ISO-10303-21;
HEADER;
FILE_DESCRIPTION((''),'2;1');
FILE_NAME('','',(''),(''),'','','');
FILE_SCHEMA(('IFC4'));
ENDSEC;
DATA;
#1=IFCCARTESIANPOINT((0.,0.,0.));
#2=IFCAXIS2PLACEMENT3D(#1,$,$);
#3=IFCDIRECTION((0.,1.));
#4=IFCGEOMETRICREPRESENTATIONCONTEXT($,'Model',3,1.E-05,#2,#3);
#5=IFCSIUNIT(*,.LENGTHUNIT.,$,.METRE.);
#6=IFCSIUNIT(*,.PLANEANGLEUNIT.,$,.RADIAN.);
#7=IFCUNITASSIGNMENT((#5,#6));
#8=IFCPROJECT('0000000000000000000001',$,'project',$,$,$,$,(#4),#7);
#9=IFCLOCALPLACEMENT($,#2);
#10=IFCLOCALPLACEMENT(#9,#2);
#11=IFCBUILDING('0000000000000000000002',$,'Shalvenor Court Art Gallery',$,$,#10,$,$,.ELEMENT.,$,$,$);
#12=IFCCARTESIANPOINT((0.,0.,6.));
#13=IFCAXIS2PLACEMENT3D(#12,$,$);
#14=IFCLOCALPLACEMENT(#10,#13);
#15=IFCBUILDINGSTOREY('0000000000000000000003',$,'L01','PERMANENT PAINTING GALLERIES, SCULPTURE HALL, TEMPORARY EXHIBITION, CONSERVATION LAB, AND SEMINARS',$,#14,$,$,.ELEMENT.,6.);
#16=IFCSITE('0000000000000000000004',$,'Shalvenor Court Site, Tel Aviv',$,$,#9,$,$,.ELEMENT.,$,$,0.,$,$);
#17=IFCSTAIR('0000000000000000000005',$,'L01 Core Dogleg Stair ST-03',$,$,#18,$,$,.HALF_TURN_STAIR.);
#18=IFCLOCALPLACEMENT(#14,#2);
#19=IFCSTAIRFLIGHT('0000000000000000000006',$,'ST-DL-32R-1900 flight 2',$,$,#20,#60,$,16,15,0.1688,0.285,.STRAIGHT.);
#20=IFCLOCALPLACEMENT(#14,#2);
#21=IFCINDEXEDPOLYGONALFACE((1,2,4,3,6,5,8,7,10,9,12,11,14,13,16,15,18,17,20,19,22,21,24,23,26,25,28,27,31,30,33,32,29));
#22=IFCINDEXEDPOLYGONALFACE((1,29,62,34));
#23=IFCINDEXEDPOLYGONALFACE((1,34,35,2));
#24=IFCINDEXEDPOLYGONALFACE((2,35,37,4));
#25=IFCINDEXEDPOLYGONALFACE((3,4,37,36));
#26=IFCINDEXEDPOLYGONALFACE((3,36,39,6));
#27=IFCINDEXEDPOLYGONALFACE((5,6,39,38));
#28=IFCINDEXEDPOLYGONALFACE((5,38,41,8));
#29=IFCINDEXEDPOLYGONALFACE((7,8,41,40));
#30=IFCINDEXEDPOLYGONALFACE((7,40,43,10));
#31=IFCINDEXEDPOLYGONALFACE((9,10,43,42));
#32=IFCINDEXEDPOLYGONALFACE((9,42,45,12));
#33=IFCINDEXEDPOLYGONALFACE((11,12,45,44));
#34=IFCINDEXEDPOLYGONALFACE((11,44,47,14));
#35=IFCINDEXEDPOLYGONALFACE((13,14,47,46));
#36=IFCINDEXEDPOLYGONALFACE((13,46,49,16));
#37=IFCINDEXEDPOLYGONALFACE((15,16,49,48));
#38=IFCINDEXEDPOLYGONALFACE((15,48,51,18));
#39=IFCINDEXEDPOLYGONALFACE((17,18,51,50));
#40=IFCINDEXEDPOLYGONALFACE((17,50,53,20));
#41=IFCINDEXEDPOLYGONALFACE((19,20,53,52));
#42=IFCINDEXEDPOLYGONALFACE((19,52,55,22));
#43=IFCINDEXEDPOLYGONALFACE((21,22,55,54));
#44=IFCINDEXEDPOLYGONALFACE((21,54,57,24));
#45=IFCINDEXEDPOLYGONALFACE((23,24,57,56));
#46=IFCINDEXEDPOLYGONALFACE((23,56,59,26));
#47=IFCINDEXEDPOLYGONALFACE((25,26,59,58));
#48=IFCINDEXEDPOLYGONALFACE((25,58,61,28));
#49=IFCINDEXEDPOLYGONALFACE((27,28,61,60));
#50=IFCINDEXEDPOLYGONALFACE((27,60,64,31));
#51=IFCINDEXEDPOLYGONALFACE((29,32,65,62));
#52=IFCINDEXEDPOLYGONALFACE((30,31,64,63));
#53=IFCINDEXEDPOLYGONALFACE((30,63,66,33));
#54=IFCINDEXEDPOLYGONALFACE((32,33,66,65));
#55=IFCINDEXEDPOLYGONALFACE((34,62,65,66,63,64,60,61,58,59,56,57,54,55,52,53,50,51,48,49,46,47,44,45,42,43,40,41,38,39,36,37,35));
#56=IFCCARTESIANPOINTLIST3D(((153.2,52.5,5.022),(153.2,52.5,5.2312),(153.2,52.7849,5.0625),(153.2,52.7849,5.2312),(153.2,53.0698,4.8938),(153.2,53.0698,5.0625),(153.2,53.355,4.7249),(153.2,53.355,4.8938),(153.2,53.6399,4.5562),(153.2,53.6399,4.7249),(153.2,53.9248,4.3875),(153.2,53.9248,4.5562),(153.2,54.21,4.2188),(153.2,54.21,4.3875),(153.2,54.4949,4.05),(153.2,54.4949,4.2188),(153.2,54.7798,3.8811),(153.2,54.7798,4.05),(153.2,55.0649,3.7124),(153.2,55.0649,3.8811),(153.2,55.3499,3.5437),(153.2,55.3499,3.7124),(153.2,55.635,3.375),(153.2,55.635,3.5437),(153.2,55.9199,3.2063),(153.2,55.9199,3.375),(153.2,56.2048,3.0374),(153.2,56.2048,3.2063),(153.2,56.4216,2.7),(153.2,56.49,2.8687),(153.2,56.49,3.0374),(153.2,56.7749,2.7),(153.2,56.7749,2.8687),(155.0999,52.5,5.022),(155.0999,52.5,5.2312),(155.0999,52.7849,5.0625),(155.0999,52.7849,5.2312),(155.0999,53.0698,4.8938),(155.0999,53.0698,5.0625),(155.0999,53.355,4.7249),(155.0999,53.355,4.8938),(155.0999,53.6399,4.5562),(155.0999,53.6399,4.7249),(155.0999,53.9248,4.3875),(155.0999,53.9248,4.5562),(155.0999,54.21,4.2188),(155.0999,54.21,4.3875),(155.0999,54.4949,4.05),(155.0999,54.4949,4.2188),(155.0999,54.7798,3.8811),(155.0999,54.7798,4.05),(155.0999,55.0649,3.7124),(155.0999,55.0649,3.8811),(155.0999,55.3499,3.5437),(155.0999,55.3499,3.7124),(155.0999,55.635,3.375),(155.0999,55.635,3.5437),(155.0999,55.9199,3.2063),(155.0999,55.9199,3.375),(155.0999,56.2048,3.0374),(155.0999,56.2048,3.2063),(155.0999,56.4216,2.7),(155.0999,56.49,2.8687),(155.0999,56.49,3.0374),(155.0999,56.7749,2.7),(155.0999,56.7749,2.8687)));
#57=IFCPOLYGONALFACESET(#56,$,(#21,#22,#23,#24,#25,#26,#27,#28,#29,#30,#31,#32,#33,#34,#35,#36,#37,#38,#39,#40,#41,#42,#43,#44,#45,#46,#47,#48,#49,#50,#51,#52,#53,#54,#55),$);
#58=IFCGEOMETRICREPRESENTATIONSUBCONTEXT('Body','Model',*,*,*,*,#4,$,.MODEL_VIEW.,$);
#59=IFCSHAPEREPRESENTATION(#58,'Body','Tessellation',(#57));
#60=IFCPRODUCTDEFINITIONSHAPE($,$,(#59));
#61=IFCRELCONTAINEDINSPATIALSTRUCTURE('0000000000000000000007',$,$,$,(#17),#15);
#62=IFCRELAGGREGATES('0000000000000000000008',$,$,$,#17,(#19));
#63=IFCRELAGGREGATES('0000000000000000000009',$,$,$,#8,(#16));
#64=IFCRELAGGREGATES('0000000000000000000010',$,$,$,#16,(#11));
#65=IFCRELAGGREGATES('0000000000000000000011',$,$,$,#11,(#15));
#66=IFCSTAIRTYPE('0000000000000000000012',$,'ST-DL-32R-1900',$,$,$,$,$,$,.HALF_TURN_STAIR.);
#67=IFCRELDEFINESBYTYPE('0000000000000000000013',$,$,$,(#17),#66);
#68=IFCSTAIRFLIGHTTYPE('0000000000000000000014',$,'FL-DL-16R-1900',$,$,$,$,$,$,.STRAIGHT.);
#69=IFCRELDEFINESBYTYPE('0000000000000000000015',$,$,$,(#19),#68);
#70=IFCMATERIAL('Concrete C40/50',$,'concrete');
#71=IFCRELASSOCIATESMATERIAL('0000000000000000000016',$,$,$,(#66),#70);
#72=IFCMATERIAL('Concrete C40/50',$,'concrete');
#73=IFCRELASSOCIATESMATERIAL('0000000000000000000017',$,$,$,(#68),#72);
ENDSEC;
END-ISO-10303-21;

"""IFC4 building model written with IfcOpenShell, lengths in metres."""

from ifc_helpers import new_model, si_unit, direction, frame, origin, place, context, subcontext, project, spatial, polyline, outline, extrude, material, type_object, element, aggregate, save


model = new_model("IFC4")

# Units and contexts
model_context = context("Model", 3, precision=1e-05, world=origin(), true_north=direction((0.0, 1.0)))
body_context = subcontext(model_context, "Body", "Model", "MODEL_VIEW")
ifc_project = project(units=[si_unit("LENGTHUNIT", "METRE"), si_unit("PLANEANGLEUNIT", "RADIAN")], contexts=[model_context])

# Site, building, storey
site_placement = place(None, origin())
site = spatial("IfcSite", under=ifc_project, at=site_placement, Name="Shalvenor Court Site, Tel Aviv", CompositionType="ELEMENT", RefElevation=0.0)
building_placement = place(site_placement, origin())
building = spatial("IfcBuilding", under=site, at=building_placement, Name="Shalvenor Court Art Gallery", CompositionType="ELEMENT")
storey_placement = place(building_placement, frame((0.0, 0.0, 6.0)))
storey = spatial("IfcBuildingStorey", under=building, at=storey_placement, Name="L01", Description="PERMANENT PAINTING GALLERIES, SCULPTURE HALL, TEMPORARY EXHIBITION, CONSERVATION LAB, AND SEMINARS", CompositionType="ELEMENT", Elevation=6.0)

# Stair, stair flight
ifc_material_1 = material(Name="Concrete C40/50", Category="concrete")
stair_type = type_object("IfcStairType", Name="ST-DL-32R-1900", PredefinedType="HALF_TURN_STAIR", material=ifc_material_1)
stair_placement = place(storey_placement, origin())
stair = element("IfcStair", 1, at=stair_placement, inside=storey, type_object=stair_type, Name="L01 Core Dogleg Stair ST-03", PredefinedType="HALF_TURN_STAIR")
ifc_material_2 = material(Name="Concrete C40/50", Category="concrete")
stair_flight_type = type_object("IfcStairFlightType", Name="FL-DL-16R-1900", PredefinedType="STRAIGHT", material=ifc_material_2)
stair_flight_1_placement = place(storey_placement, frame((154.1499, 56.7749, 2.7), z_axis=(0.0, 0.0, 1.0), x_axis=(0.0, -1.0, 0.0)))
stair_flight_1 = element("IfcStairFlight", 2, at=stair_flight_1_placement, type_object=stair_flight_type, Name="ST-DL-32R-1900 flight 2", NumberOfRisers=16, NumberOfTreads=15, PredefinedType="STRAIGHT", RiserHeight=0.1688, TreadLength=0.285, context=body_context, shape_type="SweptSolid", body=[
    extrude(outline(polyline([(0.0, 0.0), (0.0, 0.1687), (0.2849, 0.1687), (0.2849, 0.3374), (0.5701, 0.3374), (0.5701, 0.5063), (0.855, 0.5063), (0.855, 0.675), (1.1399, 0.675), (1.1399, 0.8438), (1.425, 0.8438), (1.425, 1.0125), (1.71, 1.0125), (1.71, 1.1812), (1.9951, 1.1812), (1.9951, 1.3501), (2.28, 1.3501), (2.28, 1.5188), (2.5649, 1.5188), (2.5649, 1.6875), (2.8501, 1.6875), (2.8501, 1.8562), (3.135, 1.8562), (3.135, 2.0249), (3.4199, 2.0249), (3.4199, 2.1938), (3.7051, 2.1938), (3.7051, 2.3625), (3.99, 2.3625), (3.99, 2.5312), (4.2749, 2.5312), (4.2749, 2.7), (4.2749, 2.322), (0.3533, 0.0), (0.0, 0.0)])), frame((0.0, 0.95, 0.0), z_axis=(0.0, -1.0, 0.0), x_axis=(1.0, 0.0, 0.0)), (0.0, 0.0, 1.0), 1.8999),
])
aggregate(stair, [stair_flight_1])

save(model, "model.ifc")
